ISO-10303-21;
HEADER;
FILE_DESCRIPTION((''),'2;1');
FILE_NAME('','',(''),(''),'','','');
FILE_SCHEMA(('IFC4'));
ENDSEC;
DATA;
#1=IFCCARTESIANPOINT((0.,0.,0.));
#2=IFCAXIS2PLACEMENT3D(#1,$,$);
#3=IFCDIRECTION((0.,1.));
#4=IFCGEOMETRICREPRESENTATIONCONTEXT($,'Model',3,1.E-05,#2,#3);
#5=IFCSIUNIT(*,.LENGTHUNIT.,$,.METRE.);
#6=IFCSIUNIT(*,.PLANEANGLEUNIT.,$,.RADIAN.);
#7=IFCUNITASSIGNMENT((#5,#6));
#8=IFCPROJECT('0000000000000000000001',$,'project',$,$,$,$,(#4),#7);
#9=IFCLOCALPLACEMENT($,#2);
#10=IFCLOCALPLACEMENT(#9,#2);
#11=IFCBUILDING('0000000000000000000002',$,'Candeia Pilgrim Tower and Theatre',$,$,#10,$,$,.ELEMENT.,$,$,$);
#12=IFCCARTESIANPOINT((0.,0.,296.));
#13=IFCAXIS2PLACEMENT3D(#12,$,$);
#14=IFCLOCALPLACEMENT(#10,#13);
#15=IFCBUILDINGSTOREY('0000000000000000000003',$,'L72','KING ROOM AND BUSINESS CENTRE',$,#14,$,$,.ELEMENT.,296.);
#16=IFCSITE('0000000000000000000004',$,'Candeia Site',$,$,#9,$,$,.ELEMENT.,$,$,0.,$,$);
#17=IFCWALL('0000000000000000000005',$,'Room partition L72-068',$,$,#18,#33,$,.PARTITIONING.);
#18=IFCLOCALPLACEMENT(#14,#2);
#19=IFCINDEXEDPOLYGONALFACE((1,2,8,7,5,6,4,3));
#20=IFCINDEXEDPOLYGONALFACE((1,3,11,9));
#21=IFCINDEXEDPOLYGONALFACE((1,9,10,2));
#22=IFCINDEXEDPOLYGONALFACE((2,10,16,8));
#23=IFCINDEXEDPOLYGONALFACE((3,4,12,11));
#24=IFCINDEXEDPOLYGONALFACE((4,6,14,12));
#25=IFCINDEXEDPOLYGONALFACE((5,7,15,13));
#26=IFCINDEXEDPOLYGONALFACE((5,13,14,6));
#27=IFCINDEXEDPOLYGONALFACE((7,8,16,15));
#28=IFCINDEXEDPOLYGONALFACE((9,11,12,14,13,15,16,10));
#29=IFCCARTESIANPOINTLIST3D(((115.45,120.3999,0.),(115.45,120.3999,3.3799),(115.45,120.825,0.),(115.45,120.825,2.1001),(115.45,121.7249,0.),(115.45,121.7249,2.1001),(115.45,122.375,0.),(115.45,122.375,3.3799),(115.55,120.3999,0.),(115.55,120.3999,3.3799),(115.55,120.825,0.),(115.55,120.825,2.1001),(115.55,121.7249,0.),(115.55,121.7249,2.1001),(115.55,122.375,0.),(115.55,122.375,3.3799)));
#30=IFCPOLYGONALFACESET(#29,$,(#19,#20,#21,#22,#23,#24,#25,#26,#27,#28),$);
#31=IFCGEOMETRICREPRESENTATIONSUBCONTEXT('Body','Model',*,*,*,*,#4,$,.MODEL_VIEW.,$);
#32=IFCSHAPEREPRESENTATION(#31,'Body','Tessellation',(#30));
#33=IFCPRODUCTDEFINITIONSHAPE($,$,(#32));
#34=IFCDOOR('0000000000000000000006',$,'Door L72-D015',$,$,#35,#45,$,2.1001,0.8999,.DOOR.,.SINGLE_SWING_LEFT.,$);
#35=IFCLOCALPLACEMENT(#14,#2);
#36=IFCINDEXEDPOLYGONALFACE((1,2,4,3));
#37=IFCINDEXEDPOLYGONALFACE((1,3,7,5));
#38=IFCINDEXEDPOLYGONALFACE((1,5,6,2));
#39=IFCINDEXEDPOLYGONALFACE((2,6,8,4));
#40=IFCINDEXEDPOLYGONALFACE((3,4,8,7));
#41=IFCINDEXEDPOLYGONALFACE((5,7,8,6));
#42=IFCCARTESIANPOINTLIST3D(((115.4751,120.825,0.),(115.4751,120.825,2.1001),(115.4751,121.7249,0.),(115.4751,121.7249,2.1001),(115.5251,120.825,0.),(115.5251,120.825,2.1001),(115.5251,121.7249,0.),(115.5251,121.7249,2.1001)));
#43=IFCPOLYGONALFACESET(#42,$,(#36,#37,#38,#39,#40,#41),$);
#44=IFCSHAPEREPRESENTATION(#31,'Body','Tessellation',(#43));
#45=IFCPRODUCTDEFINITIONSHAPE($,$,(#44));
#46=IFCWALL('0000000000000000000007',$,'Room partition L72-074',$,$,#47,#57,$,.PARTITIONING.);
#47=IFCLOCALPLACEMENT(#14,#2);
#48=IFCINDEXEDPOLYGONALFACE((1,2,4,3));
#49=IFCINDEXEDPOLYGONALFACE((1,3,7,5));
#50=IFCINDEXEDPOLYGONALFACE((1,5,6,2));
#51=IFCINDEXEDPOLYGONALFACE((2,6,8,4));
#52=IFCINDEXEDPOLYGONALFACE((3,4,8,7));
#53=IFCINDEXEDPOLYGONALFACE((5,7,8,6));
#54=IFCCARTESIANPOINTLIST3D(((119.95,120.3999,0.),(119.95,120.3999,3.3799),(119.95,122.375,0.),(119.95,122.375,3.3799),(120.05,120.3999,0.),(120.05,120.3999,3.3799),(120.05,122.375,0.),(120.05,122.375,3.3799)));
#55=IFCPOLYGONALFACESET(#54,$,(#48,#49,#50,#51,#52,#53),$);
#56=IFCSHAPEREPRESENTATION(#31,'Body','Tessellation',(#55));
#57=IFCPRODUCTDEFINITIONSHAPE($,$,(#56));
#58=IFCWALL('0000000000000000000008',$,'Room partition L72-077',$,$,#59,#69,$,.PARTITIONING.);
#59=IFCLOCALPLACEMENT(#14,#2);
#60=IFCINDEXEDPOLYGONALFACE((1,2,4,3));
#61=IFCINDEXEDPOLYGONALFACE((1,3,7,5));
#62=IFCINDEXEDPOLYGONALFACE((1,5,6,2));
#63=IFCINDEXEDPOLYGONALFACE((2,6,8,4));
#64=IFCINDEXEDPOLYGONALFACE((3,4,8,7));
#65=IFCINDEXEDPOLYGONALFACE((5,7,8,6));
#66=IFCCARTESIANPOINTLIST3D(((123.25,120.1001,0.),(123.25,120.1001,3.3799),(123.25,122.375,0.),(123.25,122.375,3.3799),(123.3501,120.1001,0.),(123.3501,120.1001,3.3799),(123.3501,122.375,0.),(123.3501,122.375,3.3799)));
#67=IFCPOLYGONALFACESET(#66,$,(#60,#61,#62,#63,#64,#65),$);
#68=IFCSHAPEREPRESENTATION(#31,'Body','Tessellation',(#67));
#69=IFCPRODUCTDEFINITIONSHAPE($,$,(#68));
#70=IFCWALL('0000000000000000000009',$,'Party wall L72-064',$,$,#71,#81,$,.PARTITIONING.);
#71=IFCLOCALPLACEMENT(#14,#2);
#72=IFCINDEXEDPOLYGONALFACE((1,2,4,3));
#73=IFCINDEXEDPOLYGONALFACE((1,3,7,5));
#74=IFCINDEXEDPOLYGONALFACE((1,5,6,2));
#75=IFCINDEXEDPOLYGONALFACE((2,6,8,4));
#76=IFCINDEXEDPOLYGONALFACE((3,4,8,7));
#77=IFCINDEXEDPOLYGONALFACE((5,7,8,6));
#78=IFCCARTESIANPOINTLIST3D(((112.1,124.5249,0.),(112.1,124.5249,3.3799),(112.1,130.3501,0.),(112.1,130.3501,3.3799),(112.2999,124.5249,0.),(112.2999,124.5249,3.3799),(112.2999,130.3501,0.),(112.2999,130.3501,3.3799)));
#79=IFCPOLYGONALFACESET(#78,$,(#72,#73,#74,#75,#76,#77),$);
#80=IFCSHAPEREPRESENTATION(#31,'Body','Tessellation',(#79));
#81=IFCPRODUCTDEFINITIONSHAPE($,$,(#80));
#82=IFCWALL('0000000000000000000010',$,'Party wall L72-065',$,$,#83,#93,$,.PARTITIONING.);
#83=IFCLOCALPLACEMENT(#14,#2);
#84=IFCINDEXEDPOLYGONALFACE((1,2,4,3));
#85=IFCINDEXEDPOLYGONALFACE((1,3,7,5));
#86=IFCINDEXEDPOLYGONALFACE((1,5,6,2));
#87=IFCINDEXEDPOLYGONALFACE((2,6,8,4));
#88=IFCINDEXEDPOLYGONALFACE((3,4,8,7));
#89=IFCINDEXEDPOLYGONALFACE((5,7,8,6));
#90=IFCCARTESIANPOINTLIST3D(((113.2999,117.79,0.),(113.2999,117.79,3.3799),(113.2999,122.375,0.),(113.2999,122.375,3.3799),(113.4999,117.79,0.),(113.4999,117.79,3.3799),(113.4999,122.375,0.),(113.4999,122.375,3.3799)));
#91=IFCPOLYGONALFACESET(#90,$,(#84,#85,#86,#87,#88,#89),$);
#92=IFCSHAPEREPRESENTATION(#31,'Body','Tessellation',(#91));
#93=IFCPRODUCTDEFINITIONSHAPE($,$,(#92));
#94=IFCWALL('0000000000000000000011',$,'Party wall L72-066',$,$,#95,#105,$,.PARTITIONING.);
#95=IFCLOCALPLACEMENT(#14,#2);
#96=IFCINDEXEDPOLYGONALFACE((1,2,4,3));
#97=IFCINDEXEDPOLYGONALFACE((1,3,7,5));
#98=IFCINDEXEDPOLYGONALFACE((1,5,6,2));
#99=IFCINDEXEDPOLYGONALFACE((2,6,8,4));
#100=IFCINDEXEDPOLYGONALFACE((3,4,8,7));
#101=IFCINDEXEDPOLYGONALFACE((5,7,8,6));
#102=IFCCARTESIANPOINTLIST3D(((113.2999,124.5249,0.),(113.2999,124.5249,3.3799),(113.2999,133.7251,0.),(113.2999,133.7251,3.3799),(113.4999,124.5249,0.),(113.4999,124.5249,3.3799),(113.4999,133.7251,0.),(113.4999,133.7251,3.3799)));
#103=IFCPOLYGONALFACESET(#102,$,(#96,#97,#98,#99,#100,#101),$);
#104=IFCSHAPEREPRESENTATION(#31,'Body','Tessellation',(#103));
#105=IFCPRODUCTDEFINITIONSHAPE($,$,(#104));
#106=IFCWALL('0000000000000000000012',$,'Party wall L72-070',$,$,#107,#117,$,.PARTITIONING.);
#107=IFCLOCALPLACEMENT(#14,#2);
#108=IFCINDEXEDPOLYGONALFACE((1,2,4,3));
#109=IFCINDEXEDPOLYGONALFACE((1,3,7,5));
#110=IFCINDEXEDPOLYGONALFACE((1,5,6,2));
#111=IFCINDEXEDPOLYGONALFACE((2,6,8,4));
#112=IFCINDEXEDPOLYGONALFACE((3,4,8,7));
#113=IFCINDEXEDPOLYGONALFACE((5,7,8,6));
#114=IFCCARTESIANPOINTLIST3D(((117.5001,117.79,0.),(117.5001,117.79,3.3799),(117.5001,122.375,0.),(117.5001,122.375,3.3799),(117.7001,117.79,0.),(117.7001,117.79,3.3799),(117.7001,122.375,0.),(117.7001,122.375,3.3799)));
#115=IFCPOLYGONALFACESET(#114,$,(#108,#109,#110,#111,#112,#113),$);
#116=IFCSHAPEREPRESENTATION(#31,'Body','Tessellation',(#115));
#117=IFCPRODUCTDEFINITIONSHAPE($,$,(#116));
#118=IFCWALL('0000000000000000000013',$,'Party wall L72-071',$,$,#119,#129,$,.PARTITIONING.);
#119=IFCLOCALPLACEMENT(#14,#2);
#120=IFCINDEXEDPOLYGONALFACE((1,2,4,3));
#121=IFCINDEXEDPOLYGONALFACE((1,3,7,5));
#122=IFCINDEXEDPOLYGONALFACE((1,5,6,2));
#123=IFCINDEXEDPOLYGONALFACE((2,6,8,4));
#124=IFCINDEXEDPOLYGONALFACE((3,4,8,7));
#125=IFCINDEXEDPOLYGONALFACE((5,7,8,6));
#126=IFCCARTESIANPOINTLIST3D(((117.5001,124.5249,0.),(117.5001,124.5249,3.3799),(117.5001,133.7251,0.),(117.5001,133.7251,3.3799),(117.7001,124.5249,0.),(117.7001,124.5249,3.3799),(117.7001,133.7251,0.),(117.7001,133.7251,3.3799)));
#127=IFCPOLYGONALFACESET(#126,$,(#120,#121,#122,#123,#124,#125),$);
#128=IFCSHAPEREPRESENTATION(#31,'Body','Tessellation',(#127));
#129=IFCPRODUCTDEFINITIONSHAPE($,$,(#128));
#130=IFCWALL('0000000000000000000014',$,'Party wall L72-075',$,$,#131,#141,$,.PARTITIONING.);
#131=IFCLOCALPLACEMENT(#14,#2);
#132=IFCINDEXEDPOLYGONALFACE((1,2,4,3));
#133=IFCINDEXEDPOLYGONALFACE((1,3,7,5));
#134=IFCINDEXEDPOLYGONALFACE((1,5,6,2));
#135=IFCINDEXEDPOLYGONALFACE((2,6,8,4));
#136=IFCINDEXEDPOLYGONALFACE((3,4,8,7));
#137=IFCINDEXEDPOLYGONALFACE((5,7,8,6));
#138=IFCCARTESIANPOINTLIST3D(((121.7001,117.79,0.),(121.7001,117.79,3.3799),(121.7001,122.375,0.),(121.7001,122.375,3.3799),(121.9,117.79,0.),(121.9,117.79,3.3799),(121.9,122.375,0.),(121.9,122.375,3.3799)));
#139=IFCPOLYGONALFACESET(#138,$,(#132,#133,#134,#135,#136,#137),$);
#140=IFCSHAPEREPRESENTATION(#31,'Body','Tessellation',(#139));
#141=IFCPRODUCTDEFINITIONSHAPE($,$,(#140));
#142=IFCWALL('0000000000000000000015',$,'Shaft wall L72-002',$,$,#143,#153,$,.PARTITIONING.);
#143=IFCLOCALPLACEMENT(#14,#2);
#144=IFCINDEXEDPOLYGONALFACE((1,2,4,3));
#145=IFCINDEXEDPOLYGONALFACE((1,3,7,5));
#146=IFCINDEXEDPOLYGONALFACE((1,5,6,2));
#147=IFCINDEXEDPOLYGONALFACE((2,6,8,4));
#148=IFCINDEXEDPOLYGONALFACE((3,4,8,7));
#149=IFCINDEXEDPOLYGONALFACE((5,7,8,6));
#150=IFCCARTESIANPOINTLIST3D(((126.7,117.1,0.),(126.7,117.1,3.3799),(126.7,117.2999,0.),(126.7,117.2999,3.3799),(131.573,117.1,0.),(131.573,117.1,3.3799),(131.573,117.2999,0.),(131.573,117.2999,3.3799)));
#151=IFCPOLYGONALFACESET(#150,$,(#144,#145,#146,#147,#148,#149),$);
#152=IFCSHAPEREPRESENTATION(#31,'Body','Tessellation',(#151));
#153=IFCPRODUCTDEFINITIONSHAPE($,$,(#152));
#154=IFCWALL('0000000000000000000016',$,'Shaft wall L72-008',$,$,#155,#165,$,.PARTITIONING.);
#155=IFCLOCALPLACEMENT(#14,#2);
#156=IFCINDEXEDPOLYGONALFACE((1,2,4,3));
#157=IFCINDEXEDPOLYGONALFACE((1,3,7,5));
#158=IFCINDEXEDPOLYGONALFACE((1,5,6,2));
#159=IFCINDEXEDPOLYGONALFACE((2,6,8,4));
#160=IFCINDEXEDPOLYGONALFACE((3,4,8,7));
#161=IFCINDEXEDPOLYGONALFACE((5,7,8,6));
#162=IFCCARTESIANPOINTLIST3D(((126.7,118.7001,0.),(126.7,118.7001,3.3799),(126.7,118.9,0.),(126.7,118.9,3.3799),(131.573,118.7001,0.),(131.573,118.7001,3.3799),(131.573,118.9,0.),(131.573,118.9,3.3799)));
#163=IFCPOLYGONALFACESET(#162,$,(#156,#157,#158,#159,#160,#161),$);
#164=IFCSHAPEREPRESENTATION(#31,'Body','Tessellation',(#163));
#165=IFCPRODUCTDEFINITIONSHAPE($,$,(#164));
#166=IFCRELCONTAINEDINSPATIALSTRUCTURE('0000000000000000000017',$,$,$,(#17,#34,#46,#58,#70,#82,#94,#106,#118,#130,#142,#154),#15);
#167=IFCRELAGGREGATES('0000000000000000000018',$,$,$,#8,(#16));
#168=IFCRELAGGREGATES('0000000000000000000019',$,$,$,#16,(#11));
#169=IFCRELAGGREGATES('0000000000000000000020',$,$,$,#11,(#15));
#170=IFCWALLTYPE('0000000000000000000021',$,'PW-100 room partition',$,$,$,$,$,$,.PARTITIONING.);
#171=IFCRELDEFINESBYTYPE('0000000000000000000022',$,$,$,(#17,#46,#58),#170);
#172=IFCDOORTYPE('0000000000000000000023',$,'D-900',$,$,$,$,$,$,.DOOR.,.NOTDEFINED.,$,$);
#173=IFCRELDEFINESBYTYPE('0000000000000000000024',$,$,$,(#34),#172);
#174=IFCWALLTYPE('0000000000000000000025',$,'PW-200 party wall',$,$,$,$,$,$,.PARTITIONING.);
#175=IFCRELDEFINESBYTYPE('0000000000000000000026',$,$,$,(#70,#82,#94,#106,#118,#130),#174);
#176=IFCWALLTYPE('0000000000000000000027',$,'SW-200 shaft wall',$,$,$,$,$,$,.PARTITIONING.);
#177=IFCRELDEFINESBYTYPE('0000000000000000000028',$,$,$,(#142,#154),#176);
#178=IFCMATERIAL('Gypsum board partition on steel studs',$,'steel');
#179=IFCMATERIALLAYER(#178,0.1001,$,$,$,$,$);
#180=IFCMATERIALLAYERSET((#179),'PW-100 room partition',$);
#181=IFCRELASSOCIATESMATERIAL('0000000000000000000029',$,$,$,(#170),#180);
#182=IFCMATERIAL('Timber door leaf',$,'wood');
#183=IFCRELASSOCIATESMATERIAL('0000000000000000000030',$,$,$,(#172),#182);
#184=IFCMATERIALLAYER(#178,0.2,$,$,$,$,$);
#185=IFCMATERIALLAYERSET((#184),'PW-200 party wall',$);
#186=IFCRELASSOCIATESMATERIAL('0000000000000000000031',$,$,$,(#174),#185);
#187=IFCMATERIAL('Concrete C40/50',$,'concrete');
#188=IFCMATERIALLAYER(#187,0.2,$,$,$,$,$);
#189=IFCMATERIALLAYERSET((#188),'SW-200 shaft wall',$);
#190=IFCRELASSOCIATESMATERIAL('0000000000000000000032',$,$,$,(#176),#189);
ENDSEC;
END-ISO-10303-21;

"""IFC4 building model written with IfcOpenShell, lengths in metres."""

from ifc_helpers import new_model, si_unit, direction, frame, frame_2d, origin, place, context, subcontext, project, spatial, rectangle, extrude, material, layer, layer_set, type_object, element, fill, save


model = new_model("IFC4")

# Units and contexts
model_context = context("Model", 3, precision=1e-05, world=origin(), true_north=direction((0.0, 1.0)))
body_context = subcontext(model_context, "Body", "Model", "MODEL_VIEW")
ifc_project = project(units=[si_unit("LENGTHUNIT", "METRE"), si_unit("PLANEANGLEUNIT", "RADIAN")], contexts=[model_context])

# Site, building, storey
site_placement = place(None, origin())
site = spatial("IfcSite", under=ifc_project, at=site_placement, Name="Candeia Site", CompositionType="ELEMENT", RefElevation=0.0)
building_placement = place(site_placement, origin())
building = spatial("IfcBuilding", under=site, at=building_placement, Name="Candeia Pilgrim Tower and Theatre", CompositionType="ELEMENT")
storey_placement = place(building_placement, frame((0.0, 0.0, 296.0)))
storey = spatial("IfcBuildingStorey", under=building, at=storey_placement, Name="L72", Description="KING ROOM AND BUSINESS CENTRE", CompositionType="ELEMENT", Elevation=296.0)

# Shared definitions
ifc_material_1 = material(Name="Concrete C40/50", Category="concrete")

# Shared definitions
ifc_material_2 = material(Name="Gypsum board partition on steel studs", Category="steel")
ifc_layer_1 = layer(ifc_material_2, 0.1001)
ifc_layer_set_1 = layer_set([ifc_layer_1], Name="PW-100 room partition")
wall_type_1 = type_object("IfcWallType", Name="PW-100 room partition", PredefinedType="PARTITIONING", material=ifc_layer_set_1)
ifc_material_3 = material(Name="Timber door leaf", Category="wood")

# Wall, opening, door
wall_1_placement = place(storey_placement, frame((115.5, 120.3999, 0.0), z_axis=(0.0, 0.0, 1.0), x_axis=(0.0, 1.0, 0.0)))
wall_1 = element("IfcWall", 1, at=wall_1_placement, inside=storey, type_object=wall_type_1, Name="Room partition L72-068", PredefinedType="PARTITIONING", context=body_context, shape_type="SweptSolid", body=[
    extrude(rectangle(XDim=1.9751, YDim=0.1001, at=frame_2d((0.9875, 0.0))), origin(), (0.0, 0.0, 1.0), 3.3799),
])
opening_1_placement = place(wall_1_placement, frame((0.425, 0.0, 0.0)))
opening_1 = element("IfcOpeningElement", 2, at=opening_1_placement, cuts=wall_1, PredefinedType="OPENING", context=body_context, shape_type="SweptSolid", body=[
    extrude(rectangle(XDim=0.8999, YDim=2.1001, at=frame_2d((0.45, 1.05))), frame((0.0, 0.0601, 0.0), z_axis=(0.0, -1.0, 0.0), x_axis=(1.0, 0.0, 0.0)), (0.0, 0.0, 1.0), 0.1201),
])
door_type_1 = type_object("IfcDoorType", Name="D-900", OperationType="NOTDEFINED", PredefinedType="DOOR", material=ifc_material_3)
door_1_placement = place(opening_1_placement, origin())
door_1 = element("IfcDoor", 3, at=door_1_placement, inside=storey, type_object=door_type_1, Name="Door L72-D015", OperationType="SINGLE_SWING_LEFT", OverallHeight=2.1001, OverallWidth=0.8999, PredefinedType="DOOR", context=body_context, shape_type="SweptSolid", body=[
    extrude(rectangle(XDim=0.8999, YDim=2.1001, at=frame_2d((0.45, 1.05))), frame((0.0, 0.0249, 0.0), z_axis=(0.0, -1.0, 0.0), x_axis=(1.0, 0.0, 0.0)), (0.0, 0.0, 1.0), 0.05),
])
fill(opening_1, door_1)

# Walls
wall_2_placement = place(storey_placement, frame((120.0, 120.3999, 0.0), z_axis=(0.0, 0.0, 1.0), x_axis=(0.0, 1.0, 0.0)))
element("IfcWall", 4, at=wall_2_placement, inside=storey, type_object=wall_type_1, Name="Room partition L72-074", PredefinedType="PARTITIONING", context=body_context, shape_type="SweptSolid", body=[
    extrude(rectangle(XDim=1.9751, YDim=0.1001, at=frame_2d((0.9875, 0.0))), origin(), (0.0, 0.0, 1.0), 3.3799),
])
wall_3_placement = place(storey_placement, frame((123.3, 120.1001, 0.0), z_axis=(0.0, 0.0, 1.0), x_axis=(0.0, 1.0, 0.0)))
element("IfcWall", 5, at=wall_3_placement, inside=storey, type_object=wall_type_1, Name="Room partition L72-077", PredefinedType="PARTITIONING", context=body_context, shape_type="SweptSolid", body=[
    extrude(rectangle(XDim=2.2749, YDim=0.1001, at=frame_2d((1.1375, 0.0))), origin(), (0.0, 0.0, 1.0), 3.3799),
])
ifc_layer_2 = layer(ifc_material_2, 0.2)
ifc_layer_set_2 = layer_set([ifc_layer_2], Name="PW-200 party wall")
wall_type_2 = type_object("IfcWallType", Name="PW-200 party wall", PredefinedType="PARTITIONING", material=ifc_layer_set_2)
wall_4_placement = place(storey_placement, frame((112.2, 124.5249, 0.0), z_axis=(0.0, 0.0, 1.0), x_axis=(0.0, 1.0, 0.0)))
element("IfcWall", 6, at=wall_4_placement, inside=storey, type_object=wall_type_2, Name="Party wall L72-064", PredefinedType="PARTITIONING", context=body_context, shape_type="SweptSolid", body=[
    extrude(rectangle(XDim=5.8252, YDim=0.2, at=frame_2d((2.9126, 0.0))), origin(), (0.0, 0.0, 1.0), 3.3799),
])
wall_5_placement = place(storey_placement, frame((113.3999, 117.79, 0.0), z_axis=(0.0, 0.0, 1.0), x_axis=(0.0, 1.0, 0.0)))
element("IfcWall", 7, at=wall_5_placement, inside=storey, type_object=wall_type_2, Name="Party wall L72-065", PredefinedType="PARTITIONING", context=body_context, shape_type="SweptSolid", body=[
    extrude(rectangle(XDim=4.585, YDim=0.2, at=frame_2d((2.2925, 0.0))), origin(), (0.0, 0.0, 1.0), 3.3799),
])
wall_6_placement = place(storey_placement, frame((113.3999, 124.5249, 0.0), z_axis=(0.0, 0.0, 1.0), x_axis=(0.0, 1.0, 0.0)))
element("IfcWall", 8, at=wall_6_placement, inside=storey, type_object=wall_type_2, Name="Party wall L72-066", PredefinedType="PARTITIONING", context=body_context, shape_type="SweptSolid", body=[
    extrude(rectangle(XDim=9.2002, YDim=0.2, at=frame_2d((4.6001, 0.0))), origin(), (0.0, 0.0, 1.0), 3.3799),
])
wall_7_placement = place(storey_placement, frame((117.6001, 117.79, 0.0), z_axis=(0.0, 0.0, 1.0), x_axis=(0.0, 1.0, 0.0)))
element("IfcWall", 9, at=wall_7_placement, inside=storey, type_object=wall_type_2, Name="Party wall L72-070", PredefinedType="PARTITIONING", context=body_context, shape_type="SweptSolid", body=[
    extrude(rectangle(XDim=4.585, YDim=0.2, at=frame_2d((2.2925, 0.0))), origin(), (0.0, 0.0, 1.0), 3.3799),
])
wall_8_placement = place(storey_placement, frame((117.6001, 124.5249, 0.0), z_axis=(0.0, 0.0, 1.0), x_axis=(0.0, 1.0, 0.0)))
element("IfcWall", 10, at=wall_8_placement, inside=storey, type_object=wall_type_2, Name="Party wall L72-071", PredefinedType="PARTITIONING", context=body_context, shape_type="SweptSolid", body=[
    extrude(rectangle(XDim=9.2002, YDim=0.2, at=frame_2d((4.6001, 0.0))), origin(), (0.0, 0.0, 1.0), 3.3799),
])
wall_9_placement = place(storey_placement, frame((121.8, 117.79, 0.0), z_axis=(0.0, 0.0, 1.0), x_axis=(0.0, 1.0, 0.0)))
element("IfcWall", 11, at=wall_9_placement, inside=storey, type_object=wall_type_2, Name="Party wall L72-075", PredefinedType="PARTITIONING", context=body_context, shape_type="SweptSolid", body=[
    extrude(rectangle(XDim=4.585, YDim=0.2, at=frame_2d((2.2925, 0.0))), origin(), (0.0, 0.0, 1.0), 3.3799),
])
ifc_layer_3 = layer(ifc_material_1, 0.2)
ifc_layer_set_3 = layer_set([ifc_layer_3], Name="SW-200 shaft wall")
wall_type_3 = type_object("IfcWallType", Name="SW-200 shaft wall", PredefinedType="PARTITIONING", material=ifc_layer_set_3)
for number, where, z_axis, x_axis, name in (
    (12, (126.7, 117.2, 0.0), (0.0, 0.0, 1.0), (1.0, 0.0, 0.0), "Shaft wall L72-002"),
    (13, (126.7, 118.8, 0.0), (0.0, 0.0, 1.0), (1.0, 0.0, 0.0), "Shaft wall L72-008"),
):
    element("IfcWall", number, at=place(storey_placement, frame(where, z_axis=z_axis, x_axis=x_axis)), inside=storey, type_object=wall_type_3, Name=name, PredefinedType="PARTITIONING", context=body_context, shape_type="SweptSolid", body=[
        extrude(rectangle(XDim=4.873, YDim=0.2, at=frame_2d((2.4365, 0.0))), origin(), (0.0, 0.0, 1.0), 3.3799),
    ])

save(model, "model.ifc")
